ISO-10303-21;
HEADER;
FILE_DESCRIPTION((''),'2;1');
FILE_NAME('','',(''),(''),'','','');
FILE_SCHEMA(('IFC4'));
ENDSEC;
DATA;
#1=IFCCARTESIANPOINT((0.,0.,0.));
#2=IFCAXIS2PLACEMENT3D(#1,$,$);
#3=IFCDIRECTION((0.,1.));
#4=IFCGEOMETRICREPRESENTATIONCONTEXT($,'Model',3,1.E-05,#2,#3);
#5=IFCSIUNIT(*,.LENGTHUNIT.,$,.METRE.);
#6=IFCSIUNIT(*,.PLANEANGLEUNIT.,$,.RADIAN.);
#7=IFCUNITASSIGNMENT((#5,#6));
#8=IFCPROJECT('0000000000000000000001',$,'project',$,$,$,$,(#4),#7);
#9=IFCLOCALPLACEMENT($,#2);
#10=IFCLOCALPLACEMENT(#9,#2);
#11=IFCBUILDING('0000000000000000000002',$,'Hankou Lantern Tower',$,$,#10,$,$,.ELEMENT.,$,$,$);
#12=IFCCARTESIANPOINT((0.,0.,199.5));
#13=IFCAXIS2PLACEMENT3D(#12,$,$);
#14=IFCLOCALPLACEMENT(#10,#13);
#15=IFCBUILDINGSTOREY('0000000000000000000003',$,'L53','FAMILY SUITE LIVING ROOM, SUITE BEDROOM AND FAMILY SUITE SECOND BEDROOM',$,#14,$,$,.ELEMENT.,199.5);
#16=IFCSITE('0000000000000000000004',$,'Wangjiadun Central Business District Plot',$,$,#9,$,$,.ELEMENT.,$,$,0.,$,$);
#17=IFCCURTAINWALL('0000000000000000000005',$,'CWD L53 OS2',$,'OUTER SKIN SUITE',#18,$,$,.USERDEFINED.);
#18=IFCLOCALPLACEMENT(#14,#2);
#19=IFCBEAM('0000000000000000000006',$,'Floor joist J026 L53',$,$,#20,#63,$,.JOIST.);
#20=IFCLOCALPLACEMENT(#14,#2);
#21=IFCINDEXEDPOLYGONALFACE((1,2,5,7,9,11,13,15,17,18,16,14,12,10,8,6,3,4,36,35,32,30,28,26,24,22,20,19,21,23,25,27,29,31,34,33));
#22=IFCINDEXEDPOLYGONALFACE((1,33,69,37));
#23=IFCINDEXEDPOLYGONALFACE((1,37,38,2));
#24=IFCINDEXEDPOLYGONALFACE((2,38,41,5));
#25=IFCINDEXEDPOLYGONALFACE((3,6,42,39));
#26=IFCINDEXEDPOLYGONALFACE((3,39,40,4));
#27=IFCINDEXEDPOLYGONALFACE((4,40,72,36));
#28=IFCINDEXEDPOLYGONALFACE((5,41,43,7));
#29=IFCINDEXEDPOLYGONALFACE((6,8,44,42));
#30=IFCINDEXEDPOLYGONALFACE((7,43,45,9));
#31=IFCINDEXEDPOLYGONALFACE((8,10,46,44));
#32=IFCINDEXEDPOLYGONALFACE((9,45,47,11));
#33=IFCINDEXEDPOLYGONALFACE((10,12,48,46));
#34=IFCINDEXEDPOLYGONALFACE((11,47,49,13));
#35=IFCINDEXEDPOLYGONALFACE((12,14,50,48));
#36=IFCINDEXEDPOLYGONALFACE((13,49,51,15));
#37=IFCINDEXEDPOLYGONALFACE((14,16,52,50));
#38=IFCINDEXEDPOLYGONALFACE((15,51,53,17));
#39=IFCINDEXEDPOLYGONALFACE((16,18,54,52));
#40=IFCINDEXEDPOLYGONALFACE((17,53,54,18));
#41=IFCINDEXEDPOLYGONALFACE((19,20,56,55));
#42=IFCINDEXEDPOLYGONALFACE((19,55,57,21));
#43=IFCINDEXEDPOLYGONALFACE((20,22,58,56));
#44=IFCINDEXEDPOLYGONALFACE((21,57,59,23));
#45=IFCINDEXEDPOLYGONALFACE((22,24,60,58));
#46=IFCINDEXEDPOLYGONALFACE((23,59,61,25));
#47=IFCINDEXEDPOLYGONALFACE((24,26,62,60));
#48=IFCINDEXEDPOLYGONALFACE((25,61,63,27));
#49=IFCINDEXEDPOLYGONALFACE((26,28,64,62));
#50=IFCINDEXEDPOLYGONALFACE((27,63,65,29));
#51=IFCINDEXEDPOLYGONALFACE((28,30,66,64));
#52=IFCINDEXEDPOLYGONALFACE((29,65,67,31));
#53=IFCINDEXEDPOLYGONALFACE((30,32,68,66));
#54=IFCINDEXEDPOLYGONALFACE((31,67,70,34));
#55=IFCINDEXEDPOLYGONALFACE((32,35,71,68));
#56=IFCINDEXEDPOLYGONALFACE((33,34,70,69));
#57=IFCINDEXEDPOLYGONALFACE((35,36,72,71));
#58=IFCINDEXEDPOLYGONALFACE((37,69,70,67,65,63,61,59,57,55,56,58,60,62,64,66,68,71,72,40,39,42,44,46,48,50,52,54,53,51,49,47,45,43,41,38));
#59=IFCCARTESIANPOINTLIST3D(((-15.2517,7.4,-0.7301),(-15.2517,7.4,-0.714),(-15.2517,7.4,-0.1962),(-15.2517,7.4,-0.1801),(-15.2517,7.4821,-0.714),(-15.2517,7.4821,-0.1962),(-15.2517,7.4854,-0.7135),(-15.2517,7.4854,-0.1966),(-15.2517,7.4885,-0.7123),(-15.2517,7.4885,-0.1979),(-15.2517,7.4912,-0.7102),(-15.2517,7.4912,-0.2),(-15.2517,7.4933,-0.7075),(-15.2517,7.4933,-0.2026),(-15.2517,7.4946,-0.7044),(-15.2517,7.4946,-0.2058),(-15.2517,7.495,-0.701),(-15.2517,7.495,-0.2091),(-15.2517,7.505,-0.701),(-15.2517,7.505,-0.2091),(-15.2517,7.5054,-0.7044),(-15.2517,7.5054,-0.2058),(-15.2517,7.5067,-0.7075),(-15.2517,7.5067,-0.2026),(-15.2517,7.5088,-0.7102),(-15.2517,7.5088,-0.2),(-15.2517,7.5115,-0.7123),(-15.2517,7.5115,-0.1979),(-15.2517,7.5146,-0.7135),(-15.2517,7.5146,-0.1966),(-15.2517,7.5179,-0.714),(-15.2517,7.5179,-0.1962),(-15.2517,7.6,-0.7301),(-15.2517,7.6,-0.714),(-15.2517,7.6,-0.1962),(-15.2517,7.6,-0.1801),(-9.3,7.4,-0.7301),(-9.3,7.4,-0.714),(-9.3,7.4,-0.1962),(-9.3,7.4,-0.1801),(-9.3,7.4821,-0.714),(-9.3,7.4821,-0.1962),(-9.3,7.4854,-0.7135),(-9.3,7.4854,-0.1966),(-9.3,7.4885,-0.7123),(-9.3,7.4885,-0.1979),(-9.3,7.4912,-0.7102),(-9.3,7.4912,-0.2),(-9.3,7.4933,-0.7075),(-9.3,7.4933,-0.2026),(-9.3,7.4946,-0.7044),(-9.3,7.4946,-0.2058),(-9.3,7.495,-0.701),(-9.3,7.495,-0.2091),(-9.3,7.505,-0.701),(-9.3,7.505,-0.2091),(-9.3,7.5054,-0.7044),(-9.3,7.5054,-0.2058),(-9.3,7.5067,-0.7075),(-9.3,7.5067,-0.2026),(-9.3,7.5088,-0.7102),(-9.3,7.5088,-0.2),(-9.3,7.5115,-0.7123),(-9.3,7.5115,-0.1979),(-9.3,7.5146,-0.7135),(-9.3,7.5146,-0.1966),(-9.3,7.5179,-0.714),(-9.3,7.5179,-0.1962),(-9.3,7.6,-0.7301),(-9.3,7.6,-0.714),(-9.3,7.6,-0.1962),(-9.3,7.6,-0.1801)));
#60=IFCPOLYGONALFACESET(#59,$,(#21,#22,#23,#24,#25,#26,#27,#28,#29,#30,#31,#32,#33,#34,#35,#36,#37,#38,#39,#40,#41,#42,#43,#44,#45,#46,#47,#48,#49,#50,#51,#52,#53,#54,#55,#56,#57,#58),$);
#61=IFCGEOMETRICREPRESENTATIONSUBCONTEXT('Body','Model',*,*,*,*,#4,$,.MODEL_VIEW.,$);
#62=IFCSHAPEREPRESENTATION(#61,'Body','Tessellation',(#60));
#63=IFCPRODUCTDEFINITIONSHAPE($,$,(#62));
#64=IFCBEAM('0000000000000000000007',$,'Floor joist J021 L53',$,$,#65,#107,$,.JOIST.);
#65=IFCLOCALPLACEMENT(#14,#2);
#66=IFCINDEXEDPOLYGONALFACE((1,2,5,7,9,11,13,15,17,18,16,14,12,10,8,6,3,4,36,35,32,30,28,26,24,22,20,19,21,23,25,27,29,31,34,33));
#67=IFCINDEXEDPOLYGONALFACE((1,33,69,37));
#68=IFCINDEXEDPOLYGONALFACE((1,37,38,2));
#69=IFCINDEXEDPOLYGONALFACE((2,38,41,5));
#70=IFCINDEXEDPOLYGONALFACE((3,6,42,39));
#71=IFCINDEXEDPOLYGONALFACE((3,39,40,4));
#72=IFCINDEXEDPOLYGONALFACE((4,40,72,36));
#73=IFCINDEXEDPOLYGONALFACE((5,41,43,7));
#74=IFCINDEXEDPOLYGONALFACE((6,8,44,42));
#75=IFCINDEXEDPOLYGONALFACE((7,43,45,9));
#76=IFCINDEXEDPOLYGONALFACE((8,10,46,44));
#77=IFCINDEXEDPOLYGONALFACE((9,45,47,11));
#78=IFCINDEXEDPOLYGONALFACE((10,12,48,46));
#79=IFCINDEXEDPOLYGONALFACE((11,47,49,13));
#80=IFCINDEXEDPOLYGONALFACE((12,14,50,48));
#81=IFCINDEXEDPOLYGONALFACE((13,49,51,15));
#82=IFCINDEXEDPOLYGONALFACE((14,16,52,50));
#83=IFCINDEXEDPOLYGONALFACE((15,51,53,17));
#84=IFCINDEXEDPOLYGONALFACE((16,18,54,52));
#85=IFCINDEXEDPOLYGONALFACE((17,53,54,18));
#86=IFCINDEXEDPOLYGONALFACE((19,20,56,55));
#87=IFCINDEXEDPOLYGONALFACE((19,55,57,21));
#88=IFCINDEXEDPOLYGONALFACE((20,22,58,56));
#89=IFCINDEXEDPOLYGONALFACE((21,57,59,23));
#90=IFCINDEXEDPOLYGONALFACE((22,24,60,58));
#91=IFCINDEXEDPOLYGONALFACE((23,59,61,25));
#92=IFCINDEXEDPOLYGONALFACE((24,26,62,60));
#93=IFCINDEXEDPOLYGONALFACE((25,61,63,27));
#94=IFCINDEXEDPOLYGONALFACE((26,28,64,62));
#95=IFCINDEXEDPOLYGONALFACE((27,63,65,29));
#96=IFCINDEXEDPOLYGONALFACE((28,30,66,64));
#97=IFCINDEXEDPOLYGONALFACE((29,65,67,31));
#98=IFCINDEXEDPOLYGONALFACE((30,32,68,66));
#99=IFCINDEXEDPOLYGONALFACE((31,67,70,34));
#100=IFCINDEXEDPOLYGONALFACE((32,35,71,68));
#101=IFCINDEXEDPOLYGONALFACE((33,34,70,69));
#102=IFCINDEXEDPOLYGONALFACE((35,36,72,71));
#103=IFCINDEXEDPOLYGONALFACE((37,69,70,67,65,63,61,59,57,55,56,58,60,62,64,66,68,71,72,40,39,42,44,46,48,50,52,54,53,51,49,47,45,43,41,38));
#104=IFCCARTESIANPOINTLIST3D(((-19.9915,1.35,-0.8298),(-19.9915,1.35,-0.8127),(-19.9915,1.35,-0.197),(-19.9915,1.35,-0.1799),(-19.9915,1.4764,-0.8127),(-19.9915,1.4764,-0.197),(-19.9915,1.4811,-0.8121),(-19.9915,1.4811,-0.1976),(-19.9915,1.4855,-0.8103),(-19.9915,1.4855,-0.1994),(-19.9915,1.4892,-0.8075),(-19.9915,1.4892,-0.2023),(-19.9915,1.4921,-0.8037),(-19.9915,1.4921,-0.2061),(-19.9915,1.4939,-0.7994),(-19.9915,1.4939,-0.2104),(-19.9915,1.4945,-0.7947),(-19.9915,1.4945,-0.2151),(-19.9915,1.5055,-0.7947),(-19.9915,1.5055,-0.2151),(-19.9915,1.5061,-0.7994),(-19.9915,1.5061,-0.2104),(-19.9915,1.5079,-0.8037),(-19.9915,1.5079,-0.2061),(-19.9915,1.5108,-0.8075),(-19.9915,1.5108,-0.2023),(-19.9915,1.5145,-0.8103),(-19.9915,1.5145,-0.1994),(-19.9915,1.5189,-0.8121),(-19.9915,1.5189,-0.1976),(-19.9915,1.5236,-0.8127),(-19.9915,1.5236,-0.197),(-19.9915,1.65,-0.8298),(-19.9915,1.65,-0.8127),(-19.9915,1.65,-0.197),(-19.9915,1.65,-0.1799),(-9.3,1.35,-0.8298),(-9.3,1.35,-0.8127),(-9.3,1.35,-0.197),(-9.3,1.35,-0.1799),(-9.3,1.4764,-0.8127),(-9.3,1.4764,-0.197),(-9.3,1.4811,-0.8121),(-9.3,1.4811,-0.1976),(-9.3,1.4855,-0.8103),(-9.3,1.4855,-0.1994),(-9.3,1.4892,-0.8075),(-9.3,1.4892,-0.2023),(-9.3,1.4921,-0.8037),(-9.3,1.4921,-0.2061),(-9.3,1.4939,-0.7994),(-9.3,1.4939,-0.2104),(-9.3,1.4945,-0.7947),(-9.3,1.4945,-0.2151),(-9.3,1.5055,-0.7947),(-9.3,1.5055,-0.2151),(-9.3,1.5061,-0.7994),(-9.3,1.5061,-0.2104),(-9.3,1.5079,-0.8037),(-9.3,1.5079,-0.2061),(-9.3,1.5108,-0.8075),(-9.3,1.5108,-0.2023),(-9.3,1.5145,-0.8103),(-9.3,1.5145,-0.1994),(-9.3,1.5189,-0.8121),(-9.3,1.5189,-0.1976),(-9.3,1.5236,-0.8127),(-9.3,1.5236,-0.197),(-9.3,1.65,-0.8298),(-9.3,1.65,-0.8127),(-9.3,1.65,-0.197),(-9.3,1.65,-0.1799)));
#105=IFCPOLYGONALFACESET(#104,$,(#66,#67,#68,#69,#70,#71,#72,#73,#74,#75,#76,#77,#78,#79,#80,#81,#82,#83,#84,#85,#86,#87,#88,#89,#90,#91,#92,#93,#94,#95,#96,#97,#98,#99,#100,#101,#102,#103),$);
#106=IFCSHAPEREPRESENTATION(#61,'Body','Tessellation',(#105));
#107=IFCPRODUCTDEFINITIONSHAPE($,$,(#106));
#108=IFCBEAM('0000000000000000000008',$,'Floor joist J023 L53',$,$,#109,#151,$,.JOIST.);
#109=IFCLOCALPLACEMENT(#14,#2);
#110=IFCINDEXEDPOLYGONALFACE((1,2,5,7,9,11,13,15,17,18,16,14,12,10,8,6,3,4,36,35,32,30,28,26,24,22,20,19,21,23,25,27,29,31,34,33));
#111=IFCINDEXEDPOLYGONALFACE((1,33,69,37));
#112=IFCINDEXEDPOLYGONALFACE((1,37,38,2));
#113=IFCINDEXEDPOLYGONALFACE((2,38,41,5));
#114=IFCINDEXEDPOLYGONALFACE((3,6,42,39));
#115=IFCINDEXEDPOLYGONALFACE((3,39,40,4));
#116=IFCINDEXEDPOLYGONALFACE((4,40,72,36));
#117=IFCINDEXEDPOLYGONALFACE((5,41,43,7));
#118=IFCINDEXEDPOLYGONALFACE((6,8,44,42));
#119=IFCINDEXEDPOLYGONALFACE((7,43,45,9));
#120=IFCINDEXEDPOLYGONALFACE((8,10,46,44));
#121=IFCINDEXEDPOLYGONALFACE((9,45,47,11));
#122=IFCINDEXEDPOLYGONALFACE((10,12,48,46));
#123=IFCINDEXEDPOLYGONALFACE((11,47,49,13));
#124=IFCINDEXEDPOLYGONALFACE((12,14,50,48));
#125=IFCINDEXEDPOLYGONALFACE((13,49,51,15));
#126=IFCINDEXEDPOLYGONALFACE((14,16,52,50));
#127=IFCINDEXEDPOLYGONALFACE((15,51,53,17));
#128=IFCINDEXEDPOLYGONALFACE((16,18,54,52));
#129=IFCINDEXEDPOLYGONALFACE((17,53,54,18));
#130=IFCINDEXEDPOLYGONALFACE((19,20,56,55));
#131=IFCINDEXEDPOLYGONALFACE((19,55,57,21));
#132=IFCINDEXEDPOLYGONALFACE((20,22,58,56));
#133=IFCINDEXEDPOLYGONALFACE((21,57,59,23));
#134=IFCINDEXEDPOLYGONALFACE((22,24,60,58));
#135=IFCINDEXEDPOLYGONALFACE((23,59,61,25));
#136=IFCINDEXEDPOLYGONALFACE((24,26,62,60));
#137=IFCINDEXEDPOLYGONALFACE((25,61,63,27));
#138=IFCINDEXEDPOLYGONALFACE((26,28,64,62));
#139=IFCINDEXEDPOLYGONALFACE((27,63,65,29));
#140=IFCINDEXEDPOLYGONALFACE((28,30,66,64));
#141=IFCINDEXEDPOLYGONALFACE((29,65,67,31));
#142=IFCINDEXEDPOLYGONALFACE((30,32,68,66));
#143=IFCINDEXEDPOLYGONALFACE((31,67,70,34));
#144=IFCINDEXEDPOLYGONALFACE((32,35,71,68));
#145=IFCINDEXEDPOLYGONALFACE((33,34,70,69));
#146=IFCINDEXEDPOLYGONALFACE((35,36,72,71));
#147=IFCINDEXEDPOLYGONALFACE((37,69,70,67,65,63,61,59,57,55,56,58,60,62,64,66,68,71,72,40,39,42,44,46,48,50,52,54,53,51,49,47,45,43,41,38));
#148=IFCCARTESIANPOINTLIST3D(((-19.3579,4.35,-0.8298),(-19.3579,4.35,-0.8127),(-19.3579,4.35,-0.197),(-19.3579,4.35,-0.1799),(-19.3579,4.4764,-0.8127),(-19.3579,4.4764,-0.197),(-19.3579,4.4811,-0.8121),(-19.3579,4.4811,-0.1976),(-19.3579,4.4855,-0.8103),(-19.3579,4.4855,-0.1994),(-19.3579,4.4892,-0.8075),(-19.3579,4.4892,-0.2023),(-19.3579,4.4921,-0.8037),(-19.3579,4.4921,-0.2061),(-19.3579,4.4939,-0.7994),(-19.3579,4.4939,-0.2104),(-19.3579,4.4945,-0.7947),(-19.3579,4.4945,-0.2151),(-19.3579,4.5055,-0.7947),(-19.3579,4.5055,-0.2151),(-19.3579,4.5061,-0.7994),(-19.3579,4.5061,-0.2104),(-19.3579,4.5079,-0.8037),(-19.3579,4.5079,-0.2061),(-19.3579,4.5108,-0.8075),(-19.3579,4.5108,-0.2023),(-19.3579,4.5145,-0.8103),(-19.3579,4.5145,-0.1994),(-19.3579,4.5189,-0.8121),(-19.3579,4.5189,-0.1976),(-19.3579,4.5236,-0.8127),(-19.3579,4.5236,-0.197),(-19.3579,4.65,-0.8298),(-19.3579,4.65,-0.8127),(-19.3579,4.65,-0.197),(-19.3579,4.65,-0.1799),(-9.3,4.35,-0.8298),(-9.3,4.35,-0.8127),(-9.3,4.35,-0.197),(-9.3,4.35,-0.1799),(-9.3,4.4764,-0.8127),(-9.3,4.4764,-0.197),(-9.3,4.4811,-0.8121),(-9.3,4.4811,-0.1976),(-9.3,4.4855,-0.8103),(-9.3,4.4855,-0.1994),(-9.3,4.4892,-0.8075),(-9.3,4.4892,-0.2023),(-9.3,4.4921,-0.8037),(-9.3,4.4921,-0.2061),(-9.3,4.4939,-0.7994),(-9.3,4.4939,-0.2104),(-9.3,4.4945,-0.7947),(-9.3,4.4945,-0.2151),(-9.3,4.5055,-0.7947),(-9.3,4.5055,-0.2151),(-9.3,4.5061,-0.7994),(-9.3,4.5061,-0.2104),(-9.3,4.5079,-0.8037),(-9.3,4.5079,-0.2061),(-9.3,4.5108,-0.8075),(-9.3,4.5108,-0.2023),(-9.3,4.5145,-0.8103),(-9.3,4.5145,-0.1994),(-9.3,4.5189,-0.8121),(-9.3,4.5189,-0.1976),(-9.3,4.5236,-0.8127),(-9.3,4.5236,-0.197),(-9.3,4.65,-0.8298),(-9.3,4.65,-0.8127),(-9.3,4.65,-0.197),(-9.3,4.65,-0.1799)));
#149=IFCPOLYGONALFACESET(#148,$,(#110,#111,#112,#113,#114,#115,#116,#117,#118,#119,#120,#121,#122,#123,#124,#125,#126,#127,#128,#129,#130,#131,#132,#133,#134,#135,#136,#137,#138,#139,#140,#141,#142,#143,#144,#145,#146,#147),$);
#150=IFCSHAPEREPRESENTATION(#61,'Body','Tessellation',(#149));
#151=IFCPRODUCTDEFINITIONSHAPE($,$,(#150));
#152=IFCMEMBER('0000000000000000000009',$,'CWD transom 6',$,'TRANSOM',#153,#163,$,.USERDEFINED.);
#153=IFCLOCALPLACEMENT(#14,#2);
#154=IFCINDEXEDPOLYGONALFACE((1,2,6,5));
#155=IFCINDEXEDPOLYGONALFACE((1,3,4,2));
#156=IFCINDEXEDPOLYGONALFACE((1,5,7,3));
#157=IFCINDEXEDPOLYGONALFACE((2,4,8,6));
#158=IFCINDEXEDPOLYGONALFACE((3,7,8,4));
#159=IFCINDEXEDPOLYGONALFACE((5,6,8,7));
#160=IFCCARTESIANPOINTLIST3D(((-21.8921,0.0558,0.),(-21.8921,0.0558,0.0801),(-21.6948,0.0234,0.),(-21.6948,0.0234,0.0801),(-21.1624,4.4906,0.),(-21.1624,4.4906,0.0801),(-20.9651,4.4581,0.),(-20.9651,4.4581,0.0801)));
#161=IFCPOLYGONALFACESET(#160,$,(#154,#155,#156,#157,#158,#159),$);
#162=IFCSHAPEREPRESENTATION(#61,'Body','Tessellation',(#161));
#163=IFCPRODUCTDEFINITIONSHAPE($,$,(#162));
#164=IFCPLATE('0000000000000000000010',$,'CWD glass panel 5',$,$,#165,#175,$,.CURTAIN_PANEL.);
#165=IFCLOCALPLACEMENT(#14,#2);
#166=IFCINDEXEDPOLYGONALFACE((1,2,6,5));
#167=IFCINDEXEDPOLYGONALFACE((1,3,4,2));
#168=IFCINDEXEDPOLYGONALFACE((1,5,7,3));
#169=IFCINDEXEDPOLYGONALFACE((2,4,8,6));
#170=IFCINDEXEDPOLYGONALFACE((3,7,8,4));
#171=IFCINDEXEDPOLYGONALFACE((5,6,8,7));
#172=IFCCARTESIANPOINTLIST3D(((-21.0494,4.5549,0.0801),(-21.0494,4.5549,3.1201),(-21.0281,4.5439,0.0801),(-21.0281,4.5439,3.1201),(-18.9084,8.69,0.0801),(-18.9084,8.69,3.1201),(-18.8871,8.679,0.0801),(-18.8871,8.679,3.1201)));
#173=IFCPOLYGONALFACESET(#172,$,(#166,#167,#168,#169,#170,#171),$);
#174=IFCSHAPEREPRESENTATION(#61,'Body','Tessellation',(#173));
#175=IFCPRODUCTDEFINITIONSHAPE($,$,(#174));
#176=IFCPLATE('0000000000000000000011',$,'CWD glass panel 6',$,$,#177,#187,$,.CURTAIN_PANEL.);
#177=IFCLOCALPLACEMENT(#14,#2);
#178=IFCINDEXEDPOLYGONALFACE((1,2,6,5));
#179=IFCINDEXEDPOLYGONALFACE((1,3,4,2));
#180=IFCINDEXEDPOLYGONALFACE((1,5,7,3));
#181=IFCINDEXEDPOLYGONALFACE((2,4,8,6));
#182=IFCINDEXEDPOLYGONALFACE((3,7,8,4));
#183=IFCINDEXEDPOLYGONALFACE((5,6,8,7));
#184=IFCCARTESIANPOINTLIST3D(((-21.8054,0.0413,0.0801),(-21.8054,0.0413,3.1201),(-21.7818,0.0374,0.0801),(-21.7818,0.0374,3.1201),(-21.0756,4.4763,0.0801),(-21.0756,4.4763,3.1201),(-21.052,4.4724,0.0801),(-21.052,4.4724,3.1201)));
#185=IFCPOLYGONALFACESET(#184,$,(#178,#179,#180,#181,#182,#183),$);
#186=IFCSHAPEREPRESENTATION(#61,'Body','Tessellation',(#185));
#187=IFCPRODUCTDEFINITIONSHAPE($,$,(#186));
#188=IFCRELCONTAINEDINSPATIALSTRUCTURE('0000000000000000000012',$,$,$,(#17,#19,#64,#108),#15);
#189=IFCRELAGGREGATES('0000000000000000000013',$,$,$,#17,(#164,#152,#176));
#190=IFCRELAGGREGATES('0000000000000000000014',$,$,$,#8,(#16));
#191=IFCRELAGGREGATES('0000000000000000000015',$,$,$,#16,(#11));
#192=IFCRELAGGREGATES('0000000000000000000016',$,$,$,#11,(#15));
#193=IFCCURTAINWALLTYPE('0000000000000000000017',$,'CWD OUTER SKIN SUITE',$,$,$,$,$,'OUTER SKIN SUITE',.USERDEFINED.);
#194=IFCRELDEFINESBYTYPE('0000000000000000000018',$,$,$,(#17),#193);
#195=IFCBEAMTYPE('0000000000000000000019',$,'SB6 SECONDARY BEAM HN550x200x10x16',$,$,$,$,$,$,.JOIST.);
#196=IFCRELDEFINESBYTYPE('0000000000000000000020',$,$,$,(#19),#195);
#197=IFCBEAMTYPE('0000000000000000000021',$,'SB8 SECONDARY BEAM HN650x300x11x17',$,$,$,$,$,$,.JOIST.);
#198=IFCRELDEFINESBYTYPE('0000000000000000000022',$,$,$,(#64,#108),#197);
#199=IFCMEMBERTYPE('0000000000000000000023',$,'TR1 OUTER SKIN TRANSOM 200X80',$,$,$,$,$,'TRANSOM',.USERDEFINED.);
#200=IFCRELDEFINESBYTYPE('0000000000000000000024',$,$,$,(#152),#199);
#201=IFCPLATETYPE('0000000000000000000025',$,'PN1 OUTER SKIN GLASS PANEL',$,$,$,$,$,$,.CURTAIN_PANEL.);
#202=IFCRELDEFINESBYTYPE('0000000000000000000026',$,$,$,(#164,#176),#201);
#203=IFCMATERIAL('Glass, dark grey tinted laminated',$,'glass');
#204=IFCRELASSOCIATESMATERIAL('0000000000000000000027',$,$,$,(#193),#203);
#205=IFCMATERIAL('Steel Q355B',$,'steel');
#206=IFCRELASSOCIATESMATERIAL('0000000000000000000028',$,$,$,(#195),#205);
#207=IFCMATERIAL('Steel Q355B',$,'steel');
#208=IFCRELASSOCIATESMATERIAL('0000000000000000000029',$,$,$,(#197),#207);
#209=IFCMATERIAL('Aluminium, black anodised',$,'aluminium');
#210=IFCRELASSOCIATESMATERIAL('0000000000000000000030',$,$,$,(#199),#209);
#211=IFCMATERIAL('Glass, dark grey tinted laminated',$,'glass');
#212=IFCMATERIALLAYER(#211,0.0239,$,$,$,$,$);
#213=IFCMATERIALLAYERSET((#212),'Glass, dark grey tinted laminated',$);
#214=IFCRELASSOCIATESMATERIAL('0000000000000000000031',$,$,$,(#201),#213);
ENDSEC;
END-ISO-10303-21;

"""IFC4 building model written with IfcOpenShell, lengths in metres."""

from ifc_helpers import new_model, si_unit, direction, frame, origin, origin_2d, place, context, subcontext, project, spatial, rectangle, i_section, extrude, material, layer, layer_set, material_profile, profile_set, type_object, element, aggregate, save


model = new_model("IFC4")

# Units and contexts
model_context = context("Model", 3, precision=1e-05, world=origin(), true_north=direction((0.0, 1.0)))
body_context = subcontext(model_context, "Body", "Model", "MODEL_VIEW")
ifc_project = project(units=[si_unit("LENGTHUNIT", "METRE"), si_unit("PLANEANGLEUNIT", "RADIAN")], contexts=[model_context])

# Site, building, storey
site_placement = place(None, origin())
site = spatial("IfcSite", under=ifc_project, at=site_placement, Name="Wangjiadun Central Business District Plot", CompositionType="ELEMENT", RefElevation=0.0)
building_placement = place(site_placement, origin())
building = spatial("IfcBuilding", under=site, at=building_placement, Name="Hankou Lantern Tower", CompositionType="ELEMENT")
storey_placement = place(building_placement, frame((0.0, 0.0, 199.5)))
storey = spatial("IfcBuildingStorey", under=building, at=storey_placement, Name="L53", Description="FAMILY SUITE LIVING ROOM, SUITE BEDROOM AND FAMILY SUITE SECOND BEDROOM", CompositionType="ELEMENT", Elevation=199.5)

# Curtain wall
ifc_material_1 = material(Name="Glass, dark grey tinted laminated", Category="glass")
curtain_wall_type = type_object("IfcCurtainWallType", Name="CWD OUTER SKIN SUITE", ElementType="OUTER SKIN SUITE", PredefinedType="USERDEFINED", material=ifc_material_1)
curtain_wall_placement = place(storey_placement, origin())
curtain_wall = element("IfcCurtainWall", 1, at=curtain_wall_placement, inside=storey, type_object=curtain_wall_type, Name="CWD L53 OS2", ObjectType="OUTER SKIN SUITE", PredefinedType="USERDEFINED")

# Beams
ifc_material_2 = material(Name="Steel Q355B", Category="steel")
ifc_material_profile_1 = material_profile(ifc_material_2, i_section(OverallWidth=0.2, OverallDepth=0.55, WebThickness=0.01, FlangeThickness=0.0161, FilletRadius=0.0129, at=origin_2d()), Name="HN550x200x10x16")
ifc_profile_set_1 = profile_set([ifc_material_profile_1], Name="Steel Q355B")
beam_type_1 = type_object("IfcBeamType", Name="SB6 SECONDARY BEAM HN550x200x10x16", PredefinedType="JOIST", material=ifc_profile_set_1)
beam_1_placement = place(storey_placement, frame((-15.2517, 7.5, -0.4551), z_axis=(1.0, 0.0, 0.0), x_axis=(0.0, 1.0, 0.0)))
element("IfcBeam", 2, at=beam_1_placement, inside=storey, type_object=beam_type_1, Name="Floor joist J026 L53", PredefinedType="JOIST", context=body_context, shape_type="SweptSolid", body=[
    extrude(i_section(OverallWidth=0.2, OverallDepth=0.55, WebThickness=0.01, FlangeThickness=0.0161, FilletRadius=0.0129, at=origin_2d()), origin(), (0.0, 0.0, 1.0), 5.9517),
])
ifc_material_3 = material(Name="Steel Q355B", Category="steel")
ifc_material_profile_2 = material_profile(ifc_material_3, i_section(OverallWidth=0.3, OverallDepth=0.6499, WebThickness=0.011, FlangeThickness=0.0171, FilletRadius=0.0181, at=origin_2d()), Name="HN650x300x11x17")
ifc_profile_set_2 = profile_set([ifc_material_profile_2], Name="Steel Q355B")
beam_type_2 = type_object("IfcBeamType", Name="SB8 SECONDARY BEAM HN650x300x11x17", PredefinedType="JOIST", material=ifc_profile_set_2)
beam_2_placement = place(storey_placement, frame((-19.9915, 1.5, -0.5049), z_axis=(1.0, 0.0, 0.0), x_axis=(0.0, 1.0, 0.0)))
element("IfcBeam", 3, at=beam_2_placement, inside=storey, type_object=beam_type_2, Name="Floor joist J021 L53", PredefinedType="JOIST", context=body_context, shape_type="SweptSolid", body=[
    extrude(i_section(OverallWidth=0.3, OverallDepth=0.6499, WebThickness=0.011, FlangeThickness=0.0171, FilletRadius=0.0181, at=origin_2d()), origin(), (0.0, 0.0, 1.0), 10.6914),
])
beam_3_placement = place(storey_placement, frame((-19.3579, 4.5, -0.5049), z_axis=(1.0, 0.0, 0.0), x_axis=(0.0, 1.0, 0.0)))
element("IfcBeam", 4, at=beam_3_placement, inside=storey, type_object=beam_type_2, Name="Floor joist J023 L53", PredefinedType="JOIST", context=body_context, shape_type="SweptSolid", body=[
    extrude(i_section(OverallWidth=0.3, OverallDepth=0.6499, WebThickness=0.011, FlangeThickness=0.0171, FilletRadius=0.0181, at=origin_2d()), origin(), (0.0, 0.0, 1.0), 10.0579),
])

# Member
ifc_material_4 = material(Name="Aluminium, black anodised", Category="aluminium")
ifc_material_profile_3 = material_profile(ifc_material_4, rectangle(XDim=0.2, YDim=0.0801, at=origin_2d()), Name="TR1 200X80")
ifc_profile_set_3 = profile_set([ifc_material_profile_3], Name="Aluminium, black anodised")
member_type_1 = type_object("IfcMemberType", Name="TR1 OUTER SKIN TRANSOM 200X80", ElementType="TRANSOM", PredefinedType="USERDEFINED", material=ifc_profile_set_3)
member_1_placement = place(storey_placement, frame((-21.0637, 4.4744, 0.04), z_axis=(-0.162364, -0.986731, 0.0), x_axis=(0.986731, -0.162364, 0.0)))
member_1 = element("IfcMember", 5, at=member_1_placement, type_object=member_type_1, Name="CWD transom 6", ObjectType="TRANSOM", PredefinedType="USERDEFINED", context=body_context, shape_type="SweptSolid", body=[
    extrude(rectangle(XDim=0.2, YDim=0.0801, at=origin_2d()), origin(), (0.0, 0.0, 1.0), 4.4944),
])

# Plates
ifc_material_5 = material(Name="Glass, dark grey tinted laminated", Category="glass")
ifc_layer_1 = layer(ifc_material_5, 0.0239)
ifc_layer_set_1 = layer_set([ifc_layer_1], Name="Glass, dark grey tinted laminated")
plate_type = type_object("IfcPlateType", Name="PN1 OUTER SKIN GLASS PANEL", PredefinedType="CURTAIN_PANEL", material=ifc_layer_set_1)
plate_1_placement = place(storey_placement, frame((-19.9683, 6.6169, 0.0801), z_axis=(0.0, 0.0, 1.0), x_axis=(-0.459791, -0.888027, 0.0)))
plate_1 = element("IfcPlate", 6, at=plate_1_placement, type_object=plate_type, Name="CWD glass panel 5", PredefinedType="CURTAIN_PANEL", context=body_context, shape_type="SweptSolid", body=[
    extrude(rectangle(XDim=4.6565, YDim=0.0239, at=origin_2d()), origin(), (0.0, 0.0, 1.0), 3.04),
])
plate_2_placement = place(storey_placement, frame((-21.4287, 2.2568, 0.0801), z_axis=(0.0, 0.0, 1.0), x_axis=(-0.162382, -0.986728, 0.0)))
plate_2 = element("IfcPlate", 7, at=plate_2_placement, type_object=plate_type, Name="CWD glass panel 6", PredefinedType="CURTAIN_PANEL", context=body_context, shape_type="SweptSolid", body=[
    extrude(rectangle(XDim=4.4946, YDim=0.0239, at=origin_2d()), origin(), (0.0, 0.0, 1.0), 3.04),
])
aggregate(curtain_wall, [plate_1, member_1, plate_2])

save(model, "model.ifc")
